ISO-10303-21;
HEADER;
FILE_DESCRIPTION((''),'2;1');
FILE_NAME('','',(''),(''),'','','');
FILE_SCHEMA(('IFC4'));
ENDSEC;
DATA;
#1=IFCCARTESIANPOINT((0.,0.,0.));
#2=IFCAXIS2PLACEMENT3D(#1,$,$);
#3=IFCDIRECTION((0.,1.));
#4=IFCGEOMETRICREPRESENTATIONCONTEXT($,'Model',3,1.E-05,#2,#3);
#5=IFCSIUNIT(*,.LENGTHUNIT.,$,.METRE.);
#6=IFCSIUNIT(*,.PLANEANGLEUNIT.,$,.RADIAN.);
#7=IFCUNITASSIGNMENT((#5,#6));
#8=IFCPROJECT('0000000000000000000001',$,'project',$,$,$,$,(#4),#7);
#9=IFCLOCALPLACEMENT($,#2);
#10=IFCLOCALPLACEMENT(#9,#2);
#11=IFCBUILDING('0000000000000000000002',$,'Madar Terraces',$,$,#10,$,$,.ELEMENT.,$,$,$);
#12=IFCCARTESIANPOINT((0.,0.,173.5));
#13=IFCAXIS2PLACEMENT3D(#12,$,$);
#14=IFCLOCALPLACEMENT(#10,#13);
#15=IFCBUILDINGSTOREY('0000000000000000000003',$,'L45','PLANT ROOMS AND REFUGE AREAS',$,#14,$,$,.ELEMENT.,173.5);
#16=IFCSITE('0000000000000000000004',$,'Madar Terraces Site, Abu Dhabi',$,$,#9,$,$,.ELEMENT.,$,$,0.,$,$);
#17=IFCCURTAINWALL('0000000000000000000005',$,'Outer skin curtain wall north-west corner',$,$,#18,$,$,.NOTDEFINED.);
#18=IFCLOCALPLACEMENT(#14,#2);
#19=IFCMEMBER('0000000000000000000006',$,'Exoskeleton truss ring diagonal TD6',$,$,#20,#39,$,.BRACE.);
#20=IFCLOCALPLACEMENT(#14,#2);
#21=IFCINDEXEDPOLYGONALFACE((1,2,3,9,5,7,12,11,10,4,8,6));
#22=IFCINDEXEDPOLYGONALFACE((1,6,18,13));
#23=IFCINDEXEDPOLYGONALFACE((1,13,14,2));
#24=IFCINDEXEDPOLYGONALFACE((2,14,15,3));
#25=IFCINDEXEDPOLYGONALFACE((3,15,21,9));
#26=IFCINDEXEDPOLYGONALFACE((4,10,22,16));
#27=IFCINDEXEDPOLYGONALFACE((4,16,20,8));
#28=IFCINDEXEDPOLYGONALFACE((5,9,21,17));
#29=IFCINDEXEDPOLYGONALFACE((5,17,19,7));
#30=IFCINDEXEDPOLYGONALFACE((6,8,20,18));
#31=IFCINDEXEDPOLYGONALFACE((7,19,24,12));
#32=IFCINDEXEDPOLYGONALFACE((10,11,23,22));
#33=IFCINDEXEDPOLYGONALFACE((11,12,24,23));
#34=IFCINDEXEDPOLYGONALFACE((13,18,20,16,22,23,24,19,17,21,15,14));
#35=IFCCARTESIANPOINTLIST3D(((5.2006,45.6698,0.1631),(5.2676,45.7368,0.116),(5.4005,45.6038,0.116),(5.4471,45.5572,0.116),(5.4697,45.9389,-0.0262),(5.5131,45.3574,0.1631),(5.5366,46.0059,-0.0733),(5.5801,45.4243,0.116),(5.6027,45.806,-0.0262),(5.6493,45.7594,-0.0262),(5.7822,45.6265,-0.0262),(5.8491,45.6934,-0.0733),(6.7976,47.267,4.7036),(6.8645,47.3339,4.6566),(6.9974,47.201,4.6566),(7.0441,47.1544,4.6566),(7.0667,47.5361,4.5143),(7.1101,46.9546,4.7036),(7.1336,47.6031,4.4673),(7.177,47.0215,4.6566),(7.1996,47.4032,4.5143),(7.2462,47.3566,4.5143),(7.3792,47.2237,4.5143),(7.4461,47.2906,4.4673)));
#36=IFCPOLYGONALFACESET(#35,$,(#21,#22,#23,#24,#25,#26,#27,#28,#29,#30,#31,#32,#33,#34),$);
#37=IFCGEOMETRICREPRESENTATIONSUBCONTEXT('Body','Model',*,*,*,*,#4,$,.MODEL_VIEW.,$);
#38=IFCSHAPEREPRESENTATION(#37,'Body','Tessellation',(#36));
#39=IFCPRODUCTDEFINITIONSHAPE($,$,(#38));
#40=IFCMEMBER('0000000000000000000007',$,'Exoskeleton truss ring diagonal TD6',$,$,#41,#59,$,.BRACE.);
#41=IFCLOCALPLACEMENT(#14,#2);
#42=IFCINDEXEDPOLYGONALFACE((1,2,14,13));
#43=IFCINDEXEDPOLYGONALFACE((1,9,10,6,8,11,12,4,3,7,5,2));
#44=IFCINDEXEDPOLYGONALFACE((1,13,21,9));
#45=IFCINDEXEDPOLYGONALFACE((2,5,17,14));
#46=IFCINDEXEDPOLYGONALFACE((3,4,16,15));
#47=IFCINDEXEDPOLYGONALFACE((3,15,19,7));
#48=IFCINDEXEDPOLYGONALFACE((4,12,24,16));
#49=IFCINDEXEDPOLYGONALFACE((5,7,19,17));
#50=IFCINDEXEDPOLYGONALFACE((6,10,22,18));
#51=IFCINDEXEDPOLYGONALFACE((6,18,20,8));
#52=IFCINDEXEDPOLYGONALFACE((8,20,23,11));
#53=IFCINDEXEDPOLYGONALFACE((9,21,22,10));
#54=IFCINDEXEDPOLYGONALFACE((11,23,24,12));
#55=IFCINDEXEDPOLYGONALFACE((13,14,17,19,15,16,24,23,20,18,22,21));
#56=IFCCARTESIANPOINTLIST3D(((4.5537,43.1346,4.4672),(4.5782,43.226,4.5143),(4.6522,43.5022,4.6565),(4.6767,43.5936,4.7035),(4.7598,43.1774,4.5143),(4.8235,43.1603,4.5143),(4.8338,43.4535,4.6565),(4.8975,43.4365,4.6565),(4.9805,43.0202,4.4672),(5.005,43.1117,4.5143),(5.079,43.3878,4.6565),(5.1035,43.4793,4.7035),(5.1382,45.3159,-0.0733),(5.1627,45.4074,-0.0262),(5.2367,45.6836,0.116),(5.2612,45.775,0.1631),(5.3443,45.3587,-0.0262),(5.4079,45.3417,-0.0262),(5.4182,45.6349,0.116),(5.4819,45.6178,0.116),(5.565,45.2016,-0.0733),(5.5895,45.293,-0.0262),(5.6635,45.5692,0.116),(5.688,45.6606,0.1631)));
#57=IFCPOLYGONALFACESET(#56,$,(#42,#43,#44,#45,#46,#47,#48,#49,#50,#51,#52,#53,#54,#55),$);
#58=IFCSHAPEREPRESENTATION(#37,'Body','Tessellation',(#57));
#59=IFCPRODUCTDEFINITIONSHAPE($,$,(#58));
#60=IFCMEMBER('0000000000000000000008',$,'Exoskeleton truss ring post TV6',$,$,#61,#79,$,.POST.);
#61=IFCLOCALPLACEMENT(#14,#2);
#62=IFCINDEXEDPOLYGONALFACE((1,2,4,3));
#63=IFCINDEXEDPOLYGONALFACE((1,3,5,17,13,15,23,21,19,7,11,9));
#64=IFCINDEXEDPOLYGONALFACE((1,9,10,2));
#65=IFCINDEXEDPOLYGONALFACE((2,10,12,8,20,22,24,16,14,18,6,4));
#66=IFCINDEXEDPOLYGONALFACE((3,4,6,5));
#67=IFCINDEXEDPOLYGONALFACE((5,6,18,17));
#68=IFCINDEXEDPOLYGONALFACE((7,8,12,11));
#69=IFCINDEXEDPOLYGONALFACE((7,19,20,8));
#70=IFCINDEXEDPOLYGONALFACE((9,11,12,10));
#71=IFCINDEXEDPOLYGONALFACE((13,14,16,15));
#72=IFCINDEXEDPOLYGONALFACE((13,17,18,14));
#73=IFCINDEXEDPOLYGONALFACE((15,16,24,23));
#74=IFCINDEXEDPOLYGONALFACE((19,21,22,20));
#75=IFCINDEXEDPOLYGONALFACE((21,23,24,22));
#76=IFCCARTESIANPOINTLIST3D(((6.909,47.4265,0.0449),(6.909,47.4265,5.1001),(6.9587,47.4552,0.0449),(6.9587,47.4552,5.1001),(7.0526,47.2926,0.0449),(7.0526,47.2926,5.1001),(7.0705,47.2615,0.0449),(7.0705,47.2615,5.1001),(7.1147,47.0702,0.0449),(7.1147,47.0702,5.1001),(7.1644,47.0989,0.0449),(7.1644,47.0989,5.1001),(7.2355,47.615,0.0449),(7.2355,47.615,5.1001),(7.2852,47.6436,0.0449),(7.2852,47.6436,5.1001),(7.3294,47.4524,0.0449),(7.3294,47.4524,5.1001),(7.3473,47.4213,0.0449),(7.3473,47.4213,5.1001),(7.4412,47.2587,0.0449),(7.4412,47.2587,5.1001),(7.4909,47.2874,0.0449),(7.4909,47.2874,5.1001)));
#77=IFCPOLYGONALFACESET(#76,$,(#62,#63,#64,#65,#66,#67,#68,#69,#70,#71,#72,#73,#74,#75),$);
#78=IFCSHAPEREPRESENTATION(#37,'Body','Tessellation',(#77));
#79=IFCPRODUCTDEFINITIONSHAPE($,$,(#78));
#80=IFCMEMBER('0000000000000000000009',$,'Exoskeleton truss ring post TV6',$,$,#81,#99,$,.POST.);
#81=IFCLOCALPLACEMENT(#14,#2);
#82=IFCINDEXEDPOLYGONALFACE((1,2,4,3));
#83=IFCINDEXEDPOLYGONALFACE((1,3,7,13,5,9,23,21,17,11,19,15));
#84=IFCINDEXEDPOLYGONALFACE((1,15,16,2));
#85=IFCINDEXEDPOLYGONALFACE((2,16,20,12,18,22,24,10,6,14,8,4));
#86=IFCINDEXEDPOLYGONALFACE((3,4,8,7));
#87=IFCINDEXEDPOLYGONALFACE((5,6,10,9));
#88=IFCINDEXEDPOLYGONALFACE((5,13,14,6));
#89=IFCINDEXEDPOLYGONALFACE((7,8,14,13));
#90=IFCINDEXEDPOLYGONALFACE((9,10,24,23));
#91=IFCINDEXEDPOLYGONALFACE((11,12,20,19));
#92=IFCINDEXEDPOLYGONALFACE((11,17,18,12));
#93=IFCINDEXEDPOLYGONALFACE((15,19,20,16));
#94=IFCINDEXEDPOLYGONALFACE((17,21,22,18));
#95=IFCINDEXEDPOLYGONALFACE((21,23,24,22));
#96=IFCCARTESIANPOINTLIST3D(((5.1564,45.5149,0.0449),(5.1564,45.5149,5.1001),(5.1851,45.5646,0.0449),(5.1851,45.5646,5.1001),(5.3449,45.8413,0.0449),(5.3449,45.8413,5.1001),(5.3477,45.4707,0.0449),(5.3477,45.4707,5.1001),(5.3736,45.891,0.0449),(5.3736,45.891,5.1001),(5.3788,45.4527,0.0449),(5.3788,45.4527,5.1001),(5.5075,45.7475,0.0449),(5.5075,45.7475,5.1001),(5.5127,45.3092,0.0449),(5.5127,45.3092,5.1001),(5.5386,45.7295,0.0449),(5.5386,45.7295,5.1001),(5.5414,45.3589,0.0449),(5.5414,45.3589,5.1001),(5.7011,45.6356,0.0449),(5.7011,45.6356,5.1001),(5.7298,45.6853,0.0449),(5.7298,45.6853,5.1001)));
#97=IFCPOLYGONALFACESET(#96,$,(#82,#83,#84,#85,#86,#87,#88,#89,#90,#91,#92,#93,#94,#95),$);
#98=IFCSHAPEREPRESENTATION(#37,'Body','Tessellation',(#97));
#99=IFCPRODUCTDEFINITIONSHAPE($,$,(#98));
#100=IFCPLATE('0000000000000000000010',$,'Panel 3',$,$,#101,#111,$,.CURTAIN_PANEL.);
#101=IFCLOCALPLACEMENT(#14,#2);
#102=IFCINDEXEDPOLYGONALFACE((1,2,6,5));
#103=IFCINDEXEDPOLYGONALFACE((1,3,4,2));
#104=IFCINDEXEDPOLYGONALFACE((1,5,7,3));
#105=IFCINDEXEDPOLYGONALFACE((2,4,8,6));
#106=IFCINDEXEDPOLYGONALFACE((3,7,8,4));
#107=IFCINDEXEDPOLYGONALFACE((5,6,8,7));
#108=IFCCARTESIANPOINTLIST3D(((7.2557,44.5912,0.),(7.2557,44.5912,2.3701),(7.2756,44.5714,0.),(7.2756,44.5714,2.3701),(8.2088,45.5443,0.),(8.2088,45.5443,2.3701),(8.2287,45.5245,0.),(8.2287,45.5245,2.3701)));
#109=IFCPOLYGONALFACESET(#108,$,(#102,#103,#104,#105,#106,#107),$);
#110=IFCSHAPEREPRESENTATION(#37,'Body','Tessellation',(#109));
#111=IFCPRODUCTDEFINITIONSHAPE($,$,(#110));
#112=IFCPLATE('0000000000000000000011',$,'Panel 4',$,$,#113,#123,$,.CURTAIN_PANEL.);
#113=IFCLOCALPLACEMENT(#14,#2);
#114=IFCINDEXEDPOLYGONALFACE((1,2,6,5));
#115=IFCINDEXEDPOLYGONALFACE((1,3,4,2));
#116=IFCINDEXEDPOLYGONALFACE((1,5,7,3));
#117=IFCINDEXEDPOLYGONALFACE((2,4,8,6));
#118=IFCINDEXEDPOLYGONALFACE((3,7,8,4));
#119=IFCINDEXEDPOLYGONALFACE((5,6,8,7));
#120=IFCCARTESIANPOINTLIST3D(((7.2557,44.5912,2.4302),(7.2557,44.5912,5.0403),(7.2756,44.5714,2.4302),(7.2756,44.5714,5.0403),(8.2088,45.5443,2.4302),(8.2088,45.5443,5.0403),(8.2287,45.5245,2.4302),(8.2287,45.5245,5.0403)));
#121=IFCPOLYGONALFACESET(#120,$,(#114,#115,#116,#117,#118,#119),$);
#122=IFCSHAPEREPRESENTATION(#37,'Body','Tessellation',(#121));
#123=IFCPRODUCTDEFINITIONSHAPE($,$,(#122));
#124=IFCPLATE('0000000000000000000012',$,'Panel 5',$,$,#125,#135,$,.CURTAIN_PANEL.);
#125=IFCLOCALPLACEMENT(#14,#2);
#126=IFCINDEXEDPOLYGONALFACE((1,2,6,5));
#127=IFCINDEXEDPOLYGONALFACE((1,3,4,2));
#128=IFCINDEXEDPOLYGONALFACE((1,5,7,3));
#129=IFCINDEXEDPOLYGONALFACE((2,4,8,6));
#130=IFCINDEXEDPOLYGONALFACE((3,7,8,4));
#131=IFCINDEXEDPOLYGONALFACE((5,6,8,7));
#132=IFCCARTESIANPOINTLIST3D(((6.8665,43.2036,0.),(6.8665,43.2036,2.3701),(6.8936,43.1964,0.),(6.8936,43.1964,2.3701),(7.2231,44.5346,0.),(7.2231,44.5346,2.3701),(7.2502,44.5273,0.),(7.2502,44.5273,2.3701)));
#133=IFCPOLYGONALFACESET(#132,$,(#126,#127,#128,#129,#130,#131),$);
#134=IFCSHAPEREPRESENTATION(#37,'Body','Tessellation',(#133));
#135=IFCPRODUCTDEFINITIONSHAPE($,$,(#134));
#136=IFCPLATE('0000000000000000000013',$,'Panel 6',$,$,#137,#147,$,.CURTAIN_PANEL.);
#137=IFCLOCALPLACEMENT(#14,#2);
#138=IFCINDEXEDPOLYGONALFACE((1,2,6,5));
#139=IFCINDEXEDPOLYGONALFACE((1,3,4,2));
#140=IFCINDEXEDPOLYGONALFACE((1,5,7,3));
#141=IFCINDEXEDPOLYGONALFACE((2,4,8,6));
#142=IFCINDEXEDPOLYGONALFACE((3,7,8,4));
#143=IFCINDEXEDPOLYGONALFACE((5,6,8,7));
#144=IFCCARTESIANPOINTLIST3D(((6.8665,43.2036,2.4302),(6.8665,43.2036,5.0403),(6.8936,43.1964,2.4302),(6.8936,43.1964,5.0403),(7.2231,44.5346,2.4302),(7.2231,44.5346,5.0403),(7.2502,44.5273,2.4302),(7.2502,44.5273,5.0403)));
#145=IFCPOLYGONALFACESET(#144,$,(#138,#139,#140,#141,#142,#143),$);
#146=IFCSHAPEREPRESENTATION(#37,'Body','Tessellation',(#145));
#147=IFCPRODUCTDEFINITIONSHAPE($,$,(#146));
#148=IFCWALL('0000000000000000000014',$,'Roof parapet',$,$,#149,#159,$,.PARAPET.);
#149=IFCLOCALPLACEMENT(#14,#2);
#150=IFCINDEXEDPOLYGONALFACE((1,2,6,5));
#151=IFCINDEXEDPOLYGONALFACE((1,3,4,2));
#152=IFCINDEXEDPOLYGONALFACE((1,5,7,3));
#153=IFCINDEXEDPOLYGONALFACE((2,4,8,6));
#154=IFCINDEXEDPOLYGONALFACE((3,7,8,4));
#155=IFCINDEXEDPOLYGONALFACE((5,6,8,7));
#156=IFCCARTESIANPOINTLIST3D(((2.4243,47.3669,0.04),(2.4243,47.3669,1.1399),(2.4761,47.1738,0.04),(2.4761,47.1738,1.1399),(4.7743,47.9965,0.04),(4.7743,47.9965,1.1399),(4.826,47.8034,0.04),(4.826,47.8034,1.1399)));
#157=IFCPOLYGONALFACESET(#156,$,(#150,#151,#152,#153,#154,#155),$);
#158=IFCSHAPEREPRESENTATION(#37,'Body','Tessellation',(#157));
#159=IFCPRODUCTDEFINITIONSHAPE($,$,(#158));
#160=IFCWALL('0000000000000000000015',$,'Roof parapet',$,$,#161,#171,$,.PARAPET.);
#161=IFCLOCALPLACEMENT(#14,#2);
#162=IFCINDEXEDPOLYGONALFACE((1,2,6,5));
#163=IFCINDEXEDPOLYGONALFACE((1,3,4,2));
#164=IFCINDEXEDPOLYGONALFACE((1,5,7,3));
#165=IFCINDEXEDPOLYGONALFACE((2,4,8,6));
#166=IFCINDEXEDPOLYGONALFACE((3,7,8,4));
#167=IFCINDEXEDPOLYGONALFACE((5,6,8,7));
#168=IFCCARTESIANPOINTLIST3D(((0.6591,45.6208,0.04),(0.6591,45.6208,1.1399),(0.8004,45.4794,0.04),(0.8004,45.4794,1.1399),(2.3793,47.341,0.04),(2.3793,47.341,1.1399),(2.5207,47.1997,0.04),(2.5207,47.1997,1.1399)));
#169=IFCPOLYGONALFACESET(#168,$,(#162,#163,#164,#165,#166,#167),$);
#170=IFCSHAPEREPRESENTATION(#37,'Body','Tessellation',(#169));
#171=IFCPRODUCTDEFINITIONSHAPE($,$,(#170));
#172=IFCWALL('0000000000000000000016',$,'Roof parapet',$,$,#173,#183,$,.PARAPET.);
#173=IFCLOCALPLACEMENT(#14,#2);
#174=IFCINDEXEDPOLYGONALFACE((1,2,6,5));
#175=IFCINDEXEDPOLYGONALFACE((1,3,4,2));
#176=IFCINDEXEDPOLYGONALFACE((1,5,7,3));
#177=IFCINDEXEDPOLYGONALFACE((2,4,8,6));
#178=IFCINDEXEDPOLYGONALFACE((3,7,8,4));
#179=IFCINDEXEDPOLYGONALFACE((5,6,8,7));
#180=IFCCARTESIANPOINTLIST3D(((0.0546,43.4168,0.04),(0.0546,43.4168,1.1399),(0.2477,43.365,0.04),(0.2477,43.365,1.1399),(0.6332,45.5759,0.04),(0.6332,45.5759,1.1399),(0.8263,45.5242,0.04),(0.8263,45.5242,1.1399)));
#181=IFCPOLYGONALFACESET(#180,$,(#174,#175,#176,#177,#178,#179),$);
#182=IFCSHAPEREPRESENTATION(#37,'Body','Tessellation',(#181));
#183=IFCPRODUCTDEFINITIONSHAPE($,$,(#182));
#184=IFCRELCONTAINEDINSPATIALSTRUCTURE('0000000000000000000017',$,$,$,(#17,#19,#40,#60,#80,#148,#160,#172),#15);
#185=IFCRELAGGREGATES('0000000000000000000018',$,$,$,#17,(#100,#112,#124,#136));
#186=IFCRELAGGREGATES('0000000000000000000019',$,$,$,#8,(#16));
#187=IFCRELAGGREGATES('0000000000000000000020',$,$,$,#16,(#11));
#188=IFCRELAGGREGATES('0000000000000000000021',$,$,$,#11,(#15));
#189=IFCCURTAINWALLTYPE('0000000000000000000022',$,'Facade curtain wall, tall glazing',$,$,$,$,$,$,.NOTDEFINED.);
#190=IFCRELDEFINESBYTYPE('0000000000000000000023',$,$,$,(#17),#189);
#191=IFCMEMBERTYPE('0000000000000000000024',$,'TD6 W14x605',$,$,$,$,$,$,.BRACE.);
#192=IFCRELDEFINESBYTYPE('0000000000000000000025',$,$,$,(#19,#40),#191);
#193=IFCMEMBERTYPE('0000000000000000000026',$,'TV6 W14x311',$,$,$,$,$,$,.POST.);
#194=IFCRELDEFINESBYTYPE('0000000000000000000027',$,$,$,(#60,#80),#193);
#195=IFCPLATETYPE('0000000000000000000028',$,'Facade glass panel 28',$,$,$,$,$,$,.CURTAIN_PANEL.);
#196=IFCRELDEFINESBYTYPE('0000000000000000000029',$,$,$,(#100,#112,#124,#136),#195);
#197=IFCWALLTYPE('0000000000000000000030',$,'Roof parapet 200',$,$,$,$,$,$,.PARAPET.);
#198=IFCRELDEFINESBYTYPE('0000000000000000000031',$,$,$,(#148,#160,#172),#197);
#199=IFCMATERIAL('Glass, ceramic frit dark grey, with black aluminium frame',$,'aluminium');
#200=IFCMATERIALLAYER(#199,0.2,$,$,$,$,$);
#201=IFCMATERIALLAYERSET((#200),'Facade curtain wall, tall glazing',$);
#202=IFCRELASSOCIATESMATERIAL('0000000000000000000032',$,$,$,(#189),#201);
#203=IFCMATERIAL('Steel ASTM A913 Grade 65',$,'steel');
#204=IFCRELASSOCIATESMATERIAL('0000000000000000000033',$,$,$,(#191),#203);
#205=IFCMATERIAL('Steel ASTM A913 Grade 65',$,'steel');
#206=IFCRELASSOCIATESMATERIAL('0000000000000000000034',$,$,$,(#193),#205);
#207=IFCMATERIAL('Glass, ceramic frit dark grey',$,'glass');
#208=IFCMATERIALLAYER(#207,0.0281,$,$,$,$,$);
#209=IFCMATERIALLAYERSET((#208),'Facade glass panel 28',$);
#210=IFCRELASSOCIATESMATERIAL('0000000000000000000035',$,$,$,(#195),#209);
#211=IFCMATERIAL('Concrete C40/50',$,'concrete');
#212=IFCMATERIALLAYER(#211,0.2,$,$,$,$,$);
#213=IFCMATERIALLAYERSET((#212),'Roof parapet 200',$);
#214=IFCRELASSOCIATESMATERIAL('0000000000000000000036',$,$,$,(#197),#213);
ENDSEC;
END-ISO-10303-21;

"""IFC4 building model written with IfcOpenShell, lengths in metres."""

from ifc_helpers import new_model, si_unit, direction, frame, frame_2d, origin, origin_2d, place, context, subcontext, project, spatial, rectangle, i_section, extrude, material, layer, layer_set, material_profile, profile_set, type_object, element, aggregate, save


model = new_model("IFC4")

# Units and contexts
model_context = context("Model", 3, precision=1e-05, world=origin(), true_north=direction((0.0, 1.0)))
body_context = subcontext(model_context, "Body", "Model", "MODEL_VIEW")
ifc_project = project(units=[si_unit("LENGTHUNIT", "METRE"), si_unit("PLANEANGLEUNIT", "RADIAN")], contexts=[model_context])

# Site, building, storey
site_placement = place(None, origin())
site = spatial("IfcSite", under=ifc_project, at=site_placement, Name="Madar Terraces Site, Abu Dhabi", CompositionType="ELEMENT", RefElevation=0.0)
building_placement = place(site_placement, origin())
building = spatial("IfcBuilding", under=site, at=building_placement, Name="Madar Terraces", CompositionType="ELEMENT")
storey_placement = place(building_placement, frame((0.0, 0.0, 173.5)))
storey = spatial("IfcBuildingStorey", under=building, at=storey_placement, Name="L45", Description="PLANT ROOMS AND REFUGE AREAS", CompositionType="ELEMENT", Elevation=173.5)

# Curtain wall
ifc_material_1 = material(Name="Glass, ceramic frit dark grey, with black aluminium frame", Category="aluminium")
ifc_layer_1 = layer(ifc_material_1, 0.2)
ifc_layer_set_1 = layer_set([ifc_layer_1], Name="Facade curtain wall, tall glazing")
curtain_wall_type = type_object("IfcCurtainWallType", Name="Facade curtain wall, tall glazing", PredefinedType="NOTDEFINED", material=ifc_layer_set_1)
curtain_wall_placement = place(storey_placement, origin())
curtain_wall = element("IfcCurtainWall", 1, at=curtain_wall_placement, inside=storey, type_object=curtain_wall_type, Name="Outer skin curtain wall north-west corner", PredefinedType="NOTDEFINED")

# Members
ifc_material_2 = material(Name="Steel ASTM A913 Grade 65", Category="steel")
ifc_material_profile_1 = material_profile(ifc_material_2, i_section(OverallWidth=0.4419, OverallDepth=0.5308, WebThickness=0.0659, FlangeThickness=0.1057, at=origin_2d()), Name="W14x605")
ifc_profile_set_1 = profile_set([ifc_material_profile_1], Name="Steel ASTM A913 Grade 65")
member_type_1 = type_object("IfcMemberType", Name="TD6 W14x605", PredefinedType="BRACE", material=ifc_profile_set_1)
member_1_placement = place(storey_placement, frame((7.1218, 47.2788, 4.5854), z_axis=(-0.314898, -0.314946, -0.895348), x_axis=(0.707161, -0.707053, 0.0)))
element("IfcMember", 2, at=member_1_placement, inside=storey, type_object=member_type_1, Name="Exoskeleton truss ring diagonal TD6", PredefinedType="BRACE", context=body_context, shape_type="SweptSolid", body=[
    extrude(i_section(OverallWidth=0.4419, OverallDepth=0.5308, WebThickness=0.0659, FlangeThickness=0.1057, at=origin_2d()), origin(), (0.0, 0.0, 1.0), 5.0713),
])
member_2_placement = place(storey_placement, frame((5.4131, 45.4883, 0.0449), z_axis=(-0.115255, -0.430159, 0.895366), x_axis=(0.965929, -0.258806, 0.0)))
element("IfcMember", 3, at=member_2_placement, inside=storey, type_object=member_type_1, Name="Exoskeleton truss ring diagonal TD6", PredefinedType="BRACE", context=body_context, shape_type="SweptSolid", body=[
    extrude(i_section(OverallWidth=0.4419, OverallDepth=0.5308, WebThickness=0.0659, FlangeThickness=0.1057, at=origin_2d()), origin(), (0.0, 0.0, 1.0), 5.071),
])
ifc_material_3 = material(Name="Steel ASTM A913 Grade 65", Category="steel")
ifc_material_profile_2 = material_profile(ifc_material_3, i_section(OverallWidth=0.4114, OverallDepth=0.4343, WebThickness=0.0359, FlangeThickness=0.0574, at=origin_2d()), Name="W14x311")
ifc_profile_set_2 = profile_set([ifc_material_profile_2], Name="Steel ASTM A913 Grade 65")
member_type_2 = type_object("IfcMemberType", Name="TV6 W14x311", PredefinedType="POST", material=ifc_profile_set_2)
for number, where, z_axis, x_axis, name in (
    (4, (7.2, 47.3569, 0.0449), (0.0, 0.0, 1.0), (0.5, -0.866025, 0.0), "Exoskeleton truss ring post TV6"),
    (5, (5.4431, 45.6001, 0.0449), (0.0, 0.0, 1.0), (0.866025, -0.5, 0.0), "Exoskeleton truss ring post TV6"),
):
    element("IfcMember", number, at=place(storey_placement, frame(where, z_axis=z_axis, x_axis=x_axis)), inside=storey, type_object=member_type_2, Name=name, PredefinedType="POST", context=body_context, shape_type="SweptSolid", body=[
        extrude(i_section(OverallWidth=0.4114, OverallDepth=0.4343, WebThickness=0.0359, FlangeThickness=0.0574, at=origin_2d()), origin(), (0.0, 0.0, 1.0), 5.0552),
    ])

# Plates
ifc_material_4 = material(Name="Glass, ceramic frit dark grey", Category="glass")
ifc_layer_2 = layer(ifc_material_4, 0.0281)
ifc_layer_set_2 = layer_set([ifc_layer_2], Name="Facade glass panel 28")
plate_type = type_object("IfcPlateType", Name="Facade glass panel 28", PredefinedType="CURTAIN_PANEL", material=ifc_layer_set_2)
plate_1_placement = place(storey_placement, frame((7.7422, 45.0579, 0.0), z_axis=(0.0, 0.0, 1.0), x_axis=(-0.707107, -0.707107, 0.0)))
plate_1 = element("IfcPlate", 6, at=plate_1_placement, type_object=plate_type, Name="Panel 3", PredefinedType="CURTAIN_PANEL", context=body_context, shape_type="SweptSolid", body=[
    extrude(rectangle(XDim=1.3479, YDim=0.0281, at=origin_2d()), origin(), (0.0, 0.0, 1.0), 2.3701),
])
plate_2_placement = place(storey_placement, frame((7.7422, 45.0579, 2.4302), z_axis=(0.0, 0.0, 1.0), x_axis=(-0.707107, -0.707107, 0.0)))
plate_2 = element("IfcPlate", 7, at=plate_2_placement, type_object=plate_type, Name="Panel 4", PredefinedType="CURTAIN_PANEL", context=body_context, shape_type="SweptSolid", body=[
    extrude(rectangle(XDim=1.3479, YDim=0.0281, at=origin_2d()), origin(), (0.0, 0.0, 1.0), 2.6101),
])
plate_3_placement = place(storey_placement, frame((7.0583, 43.8655, 0.0), z_axis=(0.0, 0.0, 1.0), x_axis=(-0.258819, -0.965926, 0.0)))
plate_3 = element("IfcPlate", 8, at=plate_3_placement, type_object=plate_type, Name="Panel 5", PredefinedType="CURTAIN_PANEL", context=body_context, shape_type="SweptSolid", body=[
    extrude(rectangle(XDim=1.3779, YDim=0.0281, at=origin_2d()), origin(), (0.0, 0.0, 1.0), 2.3701),
])
plate_4_placement = place(storey_placement, frame((7.0583, 43.8655, 2.4302), z_axis=(0.0, 0.0, 1.0), x_axis=(-0.258819, -0.965926, 0.0)))
plate_4 = element("IfcPlate", 9, at=plate_4_placement, type_object=plate_type, Name="Panel 6", PredefinedType="CURTAIN_PANEL", context=body_context, shape_type="SweptSolid", body=[
    extrude(rectangle(XDim=1.3779, YDim=0.0281, at=origin_2d()), origin(), (0.0, 0.0, 1.0), 2.6101),
])
aggregate(curtain_wall, [plate_1, plate_2, plate_3, plate_4])

# Walls
ifc_material_5 = material(Name="Concrete C40/50", Category="concrete")
ifc_layer_3 = layer(ifc_material_5, 0.2)
ifc_layer_set_3 = layer_set([ifc_layer_3], Name="Roof parapet 200")
wall_type = type_object("IfcWallType", Name="Roof parapet 200", PredefinedType="PARAPET", material=ifc_layer_set_3)
for number, where, z_axis, x_axis, name in (
    (10, (4.8, 47.8999, 0.04), (0.0, 0.0, 1.0), (-0.965933, -0.258793, 0.0), "Roof parapet"),
    (11, (2.45, 47.2703, 0.04), (0.0, 0.0, 1.0), (-0.707107, -0.707107, 0.0), "Roof parapet"),
):
    element("IfcWall", number, at=place(storey_placement, frame(where, z_axis=z_axis, x_axis=x_axis)), inside=storey, type_object=wall_type, Name=name, PredefinedType="PARAPET", context=body_context, shape_type="SweptSolid", body=[
        extrude(rectangle(XDim=2.4329, YDim=0.2, at=frame_2d((1.2163, 0.0))), origin(), (0.0, 0.0, 1.0), 1.0999),
    ])
wall_placement = place(storey_placement, frame((0.7297, 45.55, 0.04), z_axis=(0.0, 0.0, 1.0), x_axis=(-0.258845, -0.965919, 0.0)))
element("IfcWall", 12, at=wall_placement, inside=storey, type_object=wall_type, Name="Roof parapet", PredefinedType="PARAPET", context=body_context, shape_type="SweptSolid", body=[
    extrude(rectangle(XDim=2.2354, YDim=0.2, at=frame_2d((1.1177, 0.0))), origin(), (0.0, 0.0, 1.0), 1.0999),
])

save(model, "model.ifc")
